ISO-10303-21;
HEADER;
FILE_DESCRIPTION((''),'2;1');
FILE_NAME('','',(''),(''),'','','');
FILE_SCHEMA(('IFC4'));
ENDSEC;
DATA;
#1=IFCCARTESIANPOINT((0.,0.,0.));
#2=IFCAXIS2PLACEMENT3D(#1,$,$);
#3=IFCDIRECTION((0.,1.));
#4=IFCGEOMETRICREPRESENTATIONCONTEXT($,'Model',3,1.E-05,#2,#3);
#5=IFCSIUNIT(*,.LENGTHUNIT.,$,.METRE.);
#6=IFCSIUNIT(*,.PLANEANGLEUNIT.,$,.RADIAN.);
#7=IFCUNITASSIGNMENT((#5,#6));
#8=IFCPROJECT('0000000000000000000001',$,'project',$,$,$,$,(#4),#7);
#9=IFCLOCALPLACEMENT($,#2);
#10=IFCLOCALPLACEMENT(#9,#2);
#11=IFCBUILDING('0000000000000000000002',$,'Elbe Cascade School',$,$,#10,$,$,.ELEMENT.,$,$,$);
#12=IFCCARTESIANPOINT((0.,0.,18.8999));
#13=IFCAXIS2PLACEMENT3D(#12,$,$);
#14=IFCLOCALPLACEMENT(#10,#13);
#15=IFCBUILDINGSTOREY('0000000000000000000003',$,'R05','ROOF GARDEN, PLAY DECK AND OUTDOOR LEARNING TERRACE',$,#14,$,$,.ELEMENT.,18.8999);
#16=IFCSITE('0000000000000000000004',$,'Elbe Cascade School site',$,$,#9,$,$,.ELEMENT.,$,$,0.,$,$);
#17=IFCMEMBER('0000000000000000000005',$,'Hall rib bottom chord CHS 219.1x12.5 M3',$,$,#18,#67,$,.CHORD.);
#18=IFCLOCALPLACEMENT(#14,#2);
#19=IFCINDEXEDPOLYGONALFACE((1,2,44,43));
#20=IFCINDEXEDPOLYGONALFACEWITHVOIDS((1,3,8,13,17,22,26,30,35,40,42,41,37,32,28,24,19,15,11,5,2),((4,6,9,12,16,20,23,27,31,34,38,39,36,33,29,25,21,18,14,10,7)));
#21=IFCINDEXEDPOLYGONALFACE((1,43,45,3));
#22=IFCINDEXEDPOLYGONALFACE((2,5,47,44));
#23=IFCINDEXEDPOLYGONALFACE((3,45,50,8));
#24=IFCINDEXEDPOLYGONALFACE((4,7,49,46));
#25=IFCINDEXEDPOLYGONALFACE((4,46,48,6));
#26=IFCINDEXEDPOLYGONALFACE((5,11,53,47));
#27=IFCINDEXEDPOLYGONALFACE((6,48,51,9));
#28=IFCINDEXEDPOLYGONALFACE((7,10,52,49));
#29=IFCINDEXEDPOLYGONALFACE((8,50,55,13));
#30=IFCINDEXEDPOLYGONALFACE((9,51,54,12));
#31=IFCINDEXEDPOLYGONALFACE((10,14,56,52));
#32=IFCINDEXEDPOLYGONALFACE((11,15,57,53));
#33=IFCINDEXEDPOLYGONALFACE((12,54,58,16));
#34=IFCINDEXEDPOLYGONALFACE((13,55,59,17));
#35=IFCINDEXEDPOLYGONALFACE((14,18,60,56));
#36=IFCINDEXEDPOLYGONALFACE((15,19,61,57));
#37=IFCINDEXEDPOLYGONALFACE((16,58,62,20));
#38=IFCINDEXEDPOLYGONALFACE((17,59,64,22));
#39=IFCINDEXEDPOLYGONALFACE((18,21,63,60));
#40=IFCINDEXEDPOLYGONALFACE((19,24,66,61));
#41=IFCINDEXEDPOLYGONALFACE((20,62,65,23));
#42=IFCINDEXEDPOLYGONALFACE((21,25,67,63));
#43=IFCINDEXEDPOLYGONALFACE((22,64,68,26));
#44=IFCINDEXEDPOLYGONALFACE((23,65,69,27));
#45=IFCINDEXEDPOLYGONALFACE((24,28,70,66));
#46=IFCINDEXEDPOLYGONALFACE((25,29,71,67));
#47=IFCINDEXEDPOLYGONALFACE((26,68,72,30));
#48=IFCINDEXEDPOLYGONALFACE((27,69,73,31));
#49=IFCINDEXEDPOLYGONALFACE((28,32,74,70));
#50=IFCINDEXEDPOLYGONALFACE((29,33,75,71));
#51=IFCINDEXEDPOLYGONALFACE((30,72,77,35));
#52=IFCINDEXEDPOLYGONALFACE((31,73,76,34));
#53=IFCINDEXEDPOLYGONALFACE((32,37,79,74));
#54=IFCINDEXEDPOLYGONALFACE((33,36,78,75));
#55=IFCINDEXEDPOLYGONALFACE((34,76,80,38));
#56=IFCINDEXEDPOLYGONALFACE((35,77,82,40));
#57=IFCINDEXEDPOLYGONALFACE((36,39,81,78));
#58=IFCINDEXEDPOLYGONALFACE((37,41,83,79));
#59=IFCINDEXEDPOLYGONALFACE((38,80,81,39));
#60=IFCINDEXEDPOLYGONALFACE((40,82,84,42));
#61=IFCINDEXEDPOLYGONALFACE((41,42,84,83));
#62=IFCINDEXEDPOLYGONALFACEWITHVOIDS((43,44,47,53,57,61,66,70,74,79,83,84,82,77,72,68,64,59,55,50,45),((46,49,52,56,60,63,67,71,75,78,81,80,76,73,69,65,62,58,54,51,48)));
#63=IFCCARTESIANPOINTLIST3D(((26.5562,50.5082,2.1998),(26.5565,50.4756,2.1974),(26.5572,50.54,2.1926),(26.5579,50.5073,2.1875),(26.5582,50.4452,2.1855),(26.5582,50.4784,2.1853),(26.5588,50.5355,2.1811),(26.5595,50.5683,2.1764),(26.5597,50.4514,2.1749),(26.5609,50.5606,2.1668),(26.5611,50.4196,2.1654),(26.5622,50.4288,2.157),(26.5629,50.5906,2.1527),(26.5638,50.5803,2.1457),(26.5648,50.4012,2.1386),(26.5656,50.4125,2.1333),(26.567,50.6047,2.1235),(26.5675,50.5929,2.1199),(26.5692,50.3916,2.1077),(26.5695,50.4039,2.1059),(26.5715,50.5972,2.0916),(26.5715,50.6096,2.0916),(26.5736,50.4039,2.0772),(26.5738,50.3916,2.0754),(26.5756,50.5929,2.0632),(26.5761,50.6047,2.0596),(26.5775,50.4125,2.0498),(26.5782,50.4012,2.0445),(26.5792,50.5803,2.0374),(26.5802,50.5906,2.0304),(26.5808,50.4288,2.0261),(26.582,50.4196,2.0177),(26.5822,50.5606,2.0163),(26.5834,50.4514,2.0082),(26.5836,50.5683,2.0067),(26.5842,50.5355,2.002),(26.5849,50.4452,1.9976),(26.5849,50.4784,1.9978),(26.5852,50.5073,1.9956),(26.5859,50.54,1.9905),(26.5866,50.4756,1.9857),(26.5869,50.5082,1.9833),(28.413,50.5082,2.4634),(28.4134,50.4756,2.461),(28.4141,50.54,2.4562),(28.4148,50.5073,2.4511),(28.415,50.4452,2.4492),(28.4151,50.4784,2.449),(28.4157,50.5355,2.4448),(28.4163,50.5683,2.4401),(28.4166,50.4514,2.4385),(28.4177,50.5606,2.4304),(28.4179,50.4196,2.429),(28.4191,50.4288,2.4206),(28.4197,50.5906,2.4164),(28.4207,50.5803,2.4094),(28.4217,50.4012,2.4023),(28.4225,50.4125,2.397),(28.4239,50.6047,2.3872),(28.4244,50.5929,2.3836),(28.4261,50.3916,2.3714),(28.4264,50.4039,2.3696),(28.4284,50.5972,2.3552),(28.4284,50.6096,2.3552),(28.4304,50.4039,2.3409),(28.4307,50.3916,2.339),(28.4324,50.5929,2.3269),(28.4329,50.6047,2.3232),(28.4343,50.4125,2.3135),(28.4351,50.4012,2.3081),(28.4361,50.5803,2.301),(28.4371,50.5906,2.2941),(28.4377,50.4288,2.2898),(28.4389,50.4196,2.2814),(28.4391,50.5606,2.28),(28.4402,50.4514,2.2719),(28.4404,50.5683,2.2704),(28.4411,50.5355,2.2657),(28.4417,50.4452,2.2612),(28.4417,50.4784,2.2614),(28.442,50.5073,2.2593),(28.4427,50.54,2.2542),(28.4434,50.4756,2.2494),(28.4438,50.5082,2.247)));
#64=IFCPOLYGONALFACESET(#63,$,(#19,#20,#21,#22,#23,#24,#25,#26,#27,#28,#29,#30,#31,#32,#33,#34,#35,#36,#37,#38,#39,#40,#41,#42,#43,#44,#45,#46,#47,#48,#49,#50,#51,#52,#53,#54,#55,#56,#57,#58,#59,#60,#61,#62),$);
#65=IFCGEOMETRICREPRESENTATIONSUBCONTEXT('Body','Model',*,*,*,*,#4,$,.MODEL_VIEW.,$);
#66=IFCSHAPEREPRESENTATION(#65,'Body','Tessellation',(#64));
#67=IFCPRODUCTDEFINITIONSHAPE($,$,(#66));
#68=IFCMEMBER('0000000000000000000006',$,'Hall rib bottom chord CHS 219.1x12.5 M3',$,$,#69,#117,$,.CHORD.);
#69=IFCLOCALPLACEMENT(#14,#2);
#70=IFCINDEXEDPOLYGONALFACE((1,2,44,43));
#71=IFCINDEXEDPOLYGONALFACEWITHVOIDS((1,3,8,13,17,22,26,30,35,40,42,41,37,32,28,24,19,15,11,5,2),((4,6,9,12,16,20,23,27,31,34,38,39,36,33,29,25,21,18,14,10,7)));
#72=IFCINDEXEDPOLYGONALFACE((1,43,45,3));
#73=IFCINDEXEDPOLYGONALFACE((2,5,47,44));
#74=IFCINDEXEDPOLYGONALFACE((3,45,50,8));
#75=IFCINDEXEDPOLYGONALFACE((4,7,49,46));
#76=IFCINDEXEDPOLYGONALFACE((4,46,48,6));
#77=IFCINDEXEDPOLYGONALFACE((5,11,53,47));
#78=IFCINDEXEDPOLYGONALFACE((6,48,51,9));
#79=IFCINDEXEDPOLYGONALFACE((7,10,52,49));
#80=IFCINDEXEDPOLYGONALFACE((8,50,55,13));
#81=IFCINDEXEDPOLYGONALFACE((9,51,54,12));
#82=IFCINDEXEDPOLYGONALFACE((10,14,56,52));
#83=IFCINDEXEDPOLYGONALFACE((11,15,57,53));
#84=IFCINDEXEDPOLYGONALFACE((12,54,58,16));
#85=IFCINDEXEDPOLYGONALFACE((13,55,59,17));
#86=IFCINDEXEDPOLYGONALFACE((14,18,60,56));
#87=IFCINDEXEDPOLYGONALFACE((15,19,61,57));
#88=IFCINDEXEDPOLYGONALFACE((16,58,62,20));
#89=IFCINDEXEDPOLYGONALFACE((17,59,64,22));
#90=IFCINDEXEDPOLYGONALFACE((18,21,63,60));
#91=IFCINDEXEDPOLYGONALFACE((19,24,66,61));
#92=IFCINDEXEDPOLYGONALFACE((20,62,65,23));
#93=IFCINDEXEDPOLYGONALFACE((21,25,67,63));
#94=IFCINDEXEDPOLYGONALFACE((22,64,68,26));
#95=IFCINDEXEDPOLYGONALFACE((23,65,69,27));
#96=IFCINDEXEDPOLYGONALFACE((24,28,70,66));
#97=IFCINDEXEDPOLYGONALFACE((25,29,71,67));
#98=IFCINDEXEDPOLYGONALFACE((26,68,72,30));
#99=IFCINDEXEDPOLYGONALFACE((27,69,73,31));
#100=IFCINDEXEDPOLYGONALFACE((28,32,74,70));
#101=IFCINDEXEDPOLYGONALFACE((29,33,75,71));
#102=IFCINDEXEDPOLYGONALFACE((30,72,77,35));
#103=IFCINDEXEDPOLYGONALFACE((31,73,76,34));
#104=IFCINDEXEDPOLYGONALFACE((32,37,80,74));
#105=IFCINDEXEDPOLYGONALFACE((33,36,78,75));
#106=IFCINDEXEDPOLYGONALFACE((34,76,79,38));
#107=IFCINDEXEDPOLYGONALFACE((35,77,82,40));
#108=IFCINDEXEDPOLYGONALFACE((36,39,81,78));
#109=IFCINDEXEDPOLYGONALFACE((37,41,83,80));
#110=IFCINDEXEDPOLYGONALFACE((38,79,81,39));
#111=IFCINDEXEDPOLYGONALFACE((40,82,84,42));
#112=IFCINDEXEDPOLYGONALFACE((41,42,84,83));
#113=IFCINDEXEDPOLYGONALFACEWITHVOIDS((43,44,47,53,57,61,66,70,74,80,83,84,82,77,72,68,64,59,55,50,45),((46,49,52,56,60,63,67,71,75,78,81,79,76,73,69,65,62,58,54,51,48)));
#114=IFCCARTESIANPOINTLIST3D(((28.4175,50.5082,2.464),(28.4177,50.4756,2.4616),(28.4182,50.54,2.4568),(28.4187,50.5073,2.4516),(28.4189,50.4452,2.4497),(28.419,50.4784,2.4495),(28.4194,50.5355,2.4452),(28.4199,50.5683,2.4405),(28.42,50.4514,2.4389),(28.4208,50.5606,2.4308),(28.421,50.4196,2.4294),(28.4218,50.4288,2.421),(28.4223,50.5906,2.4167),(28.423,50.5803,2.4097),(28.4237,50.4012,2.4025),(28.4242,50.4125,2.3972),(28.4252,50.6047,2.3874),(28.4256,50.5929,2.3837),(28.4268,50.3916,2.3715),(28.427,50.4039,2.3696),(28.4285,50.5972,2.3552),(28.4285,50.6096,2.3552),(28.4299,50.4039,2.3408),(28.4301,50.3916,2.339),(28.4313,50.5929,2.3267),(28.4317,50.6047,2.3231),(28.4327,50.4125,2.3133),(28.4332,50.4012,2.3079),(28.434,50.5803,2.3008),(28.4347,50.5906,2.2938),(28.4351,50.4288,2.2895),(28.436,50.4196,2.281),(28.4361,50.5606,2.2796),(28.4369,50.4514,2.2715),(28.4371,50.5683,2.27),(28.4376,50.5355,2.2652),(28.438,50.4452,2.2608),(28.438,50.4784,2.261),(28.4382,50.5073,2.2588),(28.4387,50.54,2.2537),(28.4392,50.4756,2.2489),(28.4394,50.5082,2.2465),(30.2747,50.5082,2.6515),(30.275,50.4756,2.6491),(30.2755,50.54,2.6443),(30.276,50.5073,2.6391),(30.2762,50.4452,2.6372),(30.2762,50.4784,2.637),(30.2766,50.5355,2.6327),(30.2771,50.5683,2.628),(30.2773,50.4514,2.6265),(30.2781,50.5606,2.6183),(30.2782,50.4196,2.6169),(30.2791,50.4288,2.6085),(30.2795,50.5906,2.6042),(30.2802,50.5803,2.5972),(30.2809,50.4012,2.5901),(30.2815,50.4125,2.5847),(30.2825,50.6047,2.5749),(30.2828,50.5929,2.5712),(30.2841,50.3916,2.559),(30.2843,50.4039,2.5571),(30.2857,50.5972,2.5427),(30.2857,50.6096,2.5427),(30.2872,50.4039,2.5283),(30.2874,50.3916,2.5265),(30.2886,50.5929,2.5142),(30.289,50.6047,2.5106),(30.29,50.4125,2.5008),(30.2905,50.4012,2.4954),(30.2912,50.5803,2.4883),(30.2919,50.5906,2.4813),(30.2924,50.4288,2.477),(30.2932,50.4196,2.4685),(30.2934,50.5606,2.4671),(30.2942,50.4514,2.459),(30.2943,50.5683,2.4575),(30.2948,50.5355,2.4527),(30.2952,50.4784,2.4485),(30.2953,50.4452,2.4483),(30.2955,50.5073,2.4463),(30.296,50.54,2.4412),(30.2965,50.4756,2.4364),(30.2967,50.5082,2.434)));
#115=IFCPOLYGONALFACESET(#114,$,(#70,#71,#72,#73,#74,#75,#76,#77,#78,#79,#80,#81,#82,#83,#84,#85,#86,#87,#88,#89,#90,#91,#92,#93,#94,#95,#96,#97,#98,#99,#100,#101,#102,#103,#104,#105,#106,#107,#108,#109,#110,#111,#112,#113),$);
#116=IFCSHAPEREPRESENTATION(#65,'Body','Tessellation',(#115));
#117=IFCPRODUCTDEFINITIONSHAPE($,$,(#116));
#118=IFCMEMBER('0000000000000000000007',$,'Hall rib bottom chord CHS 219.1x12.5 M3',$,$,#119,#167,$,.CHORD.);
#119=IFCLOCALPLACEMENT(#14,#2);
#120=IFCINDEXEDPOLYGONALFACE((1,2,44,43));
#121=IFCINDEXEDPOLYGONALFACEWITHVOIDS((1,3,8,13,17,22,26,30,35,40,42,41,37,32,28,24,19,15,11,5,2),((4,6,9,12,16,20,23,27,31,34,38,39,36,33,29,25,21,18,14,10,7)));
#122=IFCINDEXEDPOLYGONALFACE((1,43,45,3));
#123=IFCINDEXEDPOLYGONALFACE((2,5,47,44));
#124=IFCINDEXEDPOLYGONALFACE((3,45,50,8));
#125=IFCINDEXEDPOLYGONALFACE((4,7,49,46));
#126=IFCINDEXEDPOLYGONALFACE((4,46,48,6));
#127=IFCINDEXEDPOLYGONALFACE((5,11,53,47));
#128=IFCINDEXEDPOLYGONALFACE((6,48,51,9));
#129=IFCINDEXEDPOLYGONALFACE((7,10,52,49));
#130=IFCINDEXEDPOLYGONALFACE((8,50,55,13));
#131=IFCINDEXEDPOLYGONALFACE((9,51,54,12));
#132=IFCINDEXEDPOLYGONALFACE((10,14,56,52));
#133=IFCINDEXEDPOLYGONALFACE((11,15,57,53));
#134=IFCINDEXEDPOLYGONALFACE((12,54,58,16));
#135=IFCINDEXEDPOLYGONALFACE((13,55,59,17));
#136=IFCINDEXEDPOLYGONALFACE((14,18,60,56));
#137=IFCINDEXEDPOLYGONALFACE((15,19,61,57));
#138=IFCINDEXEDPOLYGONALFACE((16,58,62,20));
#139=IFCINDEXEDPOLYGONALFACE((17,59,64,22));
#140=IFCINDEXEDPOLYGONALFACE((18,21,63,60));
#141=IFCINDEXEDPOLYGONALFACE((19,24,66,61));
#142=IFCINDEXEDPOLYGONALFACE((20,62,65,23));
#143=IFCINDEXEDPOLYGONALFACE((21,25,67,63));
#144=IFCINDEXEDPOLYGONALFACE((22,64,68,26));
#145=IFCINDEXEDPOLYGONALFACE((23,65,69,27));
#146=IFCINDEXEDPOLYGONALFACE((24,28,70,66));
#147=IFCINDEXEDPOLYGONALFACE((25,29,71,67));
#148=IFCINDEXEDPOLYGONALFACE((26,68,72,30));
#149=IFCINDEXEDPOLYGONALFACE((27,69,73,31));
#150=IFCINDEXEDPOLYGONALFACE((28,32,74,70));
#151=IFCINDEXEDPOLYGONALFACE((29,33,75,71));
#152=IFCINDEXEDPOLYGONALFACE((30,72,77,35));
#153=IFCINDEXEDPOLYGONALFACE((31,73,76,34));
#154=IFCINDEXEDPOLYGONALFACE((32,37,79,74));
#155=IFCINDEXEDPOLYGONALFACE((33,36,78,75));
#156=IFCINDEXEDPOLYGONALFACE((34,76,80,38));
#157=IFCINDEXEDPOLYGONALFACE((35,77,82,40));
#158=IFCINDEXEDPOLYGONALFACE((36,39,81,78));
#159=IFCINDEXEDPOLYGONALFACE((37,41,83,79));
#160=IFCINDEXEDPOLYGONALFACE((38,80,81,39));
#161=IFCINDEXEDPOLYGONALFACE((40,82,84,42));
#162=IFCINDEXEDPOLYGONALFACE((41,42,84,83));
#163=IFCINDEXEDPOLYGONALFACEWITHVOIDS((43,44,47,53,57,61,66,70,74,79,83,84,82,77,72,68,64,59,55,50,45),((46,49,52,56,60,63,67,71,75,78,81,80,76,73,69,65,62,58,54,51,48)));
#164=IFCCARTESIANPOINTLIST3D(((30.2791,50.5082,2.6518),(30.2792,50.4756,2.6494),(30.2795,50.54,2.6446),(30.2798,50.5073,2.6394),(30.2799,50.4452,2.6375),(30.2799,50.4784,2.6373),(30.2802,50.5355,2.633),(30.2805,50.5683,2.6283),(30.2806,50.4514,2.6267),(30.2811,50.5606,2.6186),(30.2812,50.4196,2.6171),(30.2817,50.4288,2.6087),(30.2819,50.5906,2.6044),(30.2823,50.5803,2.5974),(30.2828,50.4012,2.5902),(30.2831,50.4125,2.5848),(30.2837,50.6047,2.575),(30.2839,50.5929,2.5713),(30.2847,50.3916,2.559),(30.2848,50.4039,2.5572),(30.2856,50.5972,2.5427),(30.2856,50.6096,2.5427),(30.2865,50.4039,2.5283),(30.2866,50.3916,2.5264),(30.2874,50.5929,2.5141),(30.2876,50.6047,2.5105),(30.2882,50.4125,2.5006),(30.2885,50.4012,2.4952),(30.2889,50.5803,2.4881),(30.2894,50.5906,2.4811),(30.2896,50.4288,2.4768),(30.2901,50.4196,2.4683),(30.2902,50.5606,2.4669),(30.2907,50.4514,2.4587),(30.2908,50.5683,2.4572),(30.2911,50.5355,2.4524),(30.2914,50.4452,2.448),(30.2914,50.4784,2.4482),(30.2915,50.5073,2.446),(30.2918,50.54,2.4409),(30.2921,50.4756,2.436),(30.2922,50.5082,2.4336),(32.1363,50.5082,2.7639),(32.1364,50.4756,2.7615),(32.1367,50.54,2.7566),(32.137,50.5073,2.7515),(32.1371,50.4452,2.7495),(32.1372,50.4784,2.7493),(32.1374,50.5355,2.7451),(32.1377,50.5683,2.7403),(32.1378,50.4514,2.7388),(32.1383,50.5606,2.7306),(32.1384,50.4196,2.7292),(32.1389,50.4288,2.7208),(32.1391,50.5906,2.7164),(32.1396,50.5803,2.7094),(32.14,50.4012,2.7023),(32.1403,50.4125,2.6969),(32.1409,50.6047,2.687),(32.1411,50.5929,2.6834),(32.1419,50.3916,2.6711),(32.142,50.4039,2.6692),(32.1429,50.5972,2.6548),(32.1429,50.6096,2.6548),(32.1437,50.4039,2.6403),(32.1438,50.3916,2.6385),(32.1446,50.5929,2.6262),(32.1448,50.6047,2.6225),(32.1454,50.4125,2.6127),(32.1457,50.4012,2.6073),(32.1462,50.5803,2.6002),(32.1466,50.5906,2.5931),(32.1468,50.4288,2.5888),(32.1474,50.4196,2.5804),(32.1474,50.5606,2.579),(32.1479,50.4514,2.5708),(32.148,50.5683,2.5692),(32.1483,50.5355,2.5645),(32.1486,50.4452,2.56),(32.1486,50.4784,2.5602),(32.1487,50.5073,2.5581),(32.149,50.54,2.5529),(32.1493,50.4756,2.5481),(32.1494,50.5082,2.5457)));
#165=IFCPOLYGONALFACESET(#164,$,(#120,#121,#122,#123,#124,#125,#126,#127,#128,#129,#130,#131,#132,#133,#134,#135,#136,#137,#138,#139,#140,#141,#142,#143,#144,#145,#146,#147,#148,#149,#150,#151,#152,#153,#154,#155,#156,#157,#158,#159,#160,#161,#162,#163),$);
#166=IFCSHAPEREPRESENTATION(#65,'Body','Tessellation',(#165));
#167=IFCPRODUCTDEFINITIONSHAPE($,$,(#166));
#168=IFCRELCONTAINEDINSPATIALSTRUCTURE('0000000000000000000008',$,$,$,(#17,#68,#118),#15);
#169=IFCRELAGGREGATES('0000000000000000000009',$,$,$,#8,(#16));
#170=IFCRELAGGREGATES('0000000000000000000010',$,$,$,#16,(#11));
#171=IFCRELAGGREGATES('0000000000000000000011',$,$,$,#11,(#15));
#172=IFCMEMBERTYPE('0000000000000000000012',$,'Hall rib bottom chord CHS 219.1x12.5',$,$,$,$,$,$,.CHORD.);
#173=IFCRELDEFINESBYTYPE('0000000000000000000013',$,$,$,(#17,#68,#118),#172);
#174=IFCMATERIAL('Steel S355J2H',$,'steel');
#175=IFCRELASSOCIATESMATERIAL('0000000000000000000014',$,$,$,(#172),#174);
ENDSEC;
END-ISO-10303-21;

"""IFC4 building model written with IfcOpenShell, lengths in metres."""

from ifc_helpers import new_model, si_unit, direction, frame, origin, origin_2d, place, context, subcontext, project, spatial, hollow_circle, extrude, material, material_profile, profile_set, type_object, element, save


model = new_model("IFC4")

# Units and contexts
model_context = context("Model", 3, precision=1e-05, world=origin(), true_north=direction((0.0, 1.0)))
body_context = subcontext(model_context, "Body", "Model", "MODEL_VIEW")
ifc_project = project(units=[si_unit("LENGTHUNIT", "METRE"), si_unit("PLANEANGLEUNIT", "RADIAN")], contexts=[model_context])

# Site, building, storey
site_placement = place(None, origin())
site = spatial("IfcSite", under=ifc_project, at=site_placement, Name="Elbe Cascade School site", CompositionType="ELEMENT", RefElevation=0.0)
building_placement = place(site_placement, origin())
building = spatial("IfcBuilding", under=site, at=building_placement, Name="Elbe Cascade School", CompositionType="ELEMENT")
storey_placement = place(building_placement, frame((0.0, 0.0, 18.8999)))
storey = spatial("IfcBuildingStorey", under=building, at=storey_placement, Name="R05", Description="ROOF GARDEN, PLAY DECK AND OUTDOOR LEARNING TERRACE", CompositionType="ELEMENT", Elevation=18.8999)

# Members
ifc_material_1 = material(Name="Steel S355J2H", Category="steel")
ifc_material_profile_1 = material_profile(ifc_material_1, hollow_circle(Radius=0.1096, WallThickness=0.0125, at=origin_2d()), Name="CHS 219.1x12.5")
ifc_profile_set_1 = profile_set([ifc_material_profile_1], Name="Steel S355J2H")
member_type_1 = type_object("IfcMemberType", Name="Hall rib bottom chord CHS 219.1x12.5", PredefinedType="CHORD", material=ifc_profile_set_1)
member_1_placement = place(storey_placement, frame((26.5715, 50.5, 2.0916), z_axis=(0.990069, 0.0, 0.140583), x_axis=(0.0, 1.0, 0.0)))
element("IfcMember", 1, at=member_1_placement, inside=storey, type_object=member_type_1, Name="Hall rib bottom chord CHS 219.1x12.5 M3", PredefinedType="CHORD", context=body_context, shape_type="SweptSolid", body=[
    extrude(hollow_circle(Radius=0.1096, WallThickness=0.0125, at=origin_2d()), origin(), (0.0, 0.0, 1.0), 1.8755),
])
member_2_placement = place(storey_placement, frame((28.4285, 50.5, 2.3552), z_axis=(0.994942, 0.0, 0.100449), x_axis=(0.0, 1.0, 0.0)))
element("IfcMember", 2, at=member_2_placement, inside=storey, type_object=member_type_1, Name="Hall rib bottom chord CHS 219.1x12.5 M3", PredefinedType="CHORD", context=body_context, shape_type="SweptSolid", body=[
    extrude(hollow_circle(Radius=0.1096, WallThickness=0.0125, at=origin_2d()), origin(), (0.0, 0.0, 1.0), 1.8667),
])
member_3_placement = place(storey_placement, frame((30.2856, 50.5, 2.5427), z_axis=(0.998185, 0.0, 0.06023), x_axis=(0.0, 1.0, 0.0)))
element("IfcMember", 3, at=member_3_placement, inside=storey, type_object=member_type_1, Name="Hall rib bottom chord CHS 219.1x12.5 M3", PredefinedType="CHORD", context=body_context, shape_type="SweptSolid", body=[
    extrude(hollow_circle(Radius=0.1096, WallThickness=0.0125, at=origin_2d()), origin(), (0.0, 0.0, 1.0), 1.8606),
])

save(model, "model.ifc")
